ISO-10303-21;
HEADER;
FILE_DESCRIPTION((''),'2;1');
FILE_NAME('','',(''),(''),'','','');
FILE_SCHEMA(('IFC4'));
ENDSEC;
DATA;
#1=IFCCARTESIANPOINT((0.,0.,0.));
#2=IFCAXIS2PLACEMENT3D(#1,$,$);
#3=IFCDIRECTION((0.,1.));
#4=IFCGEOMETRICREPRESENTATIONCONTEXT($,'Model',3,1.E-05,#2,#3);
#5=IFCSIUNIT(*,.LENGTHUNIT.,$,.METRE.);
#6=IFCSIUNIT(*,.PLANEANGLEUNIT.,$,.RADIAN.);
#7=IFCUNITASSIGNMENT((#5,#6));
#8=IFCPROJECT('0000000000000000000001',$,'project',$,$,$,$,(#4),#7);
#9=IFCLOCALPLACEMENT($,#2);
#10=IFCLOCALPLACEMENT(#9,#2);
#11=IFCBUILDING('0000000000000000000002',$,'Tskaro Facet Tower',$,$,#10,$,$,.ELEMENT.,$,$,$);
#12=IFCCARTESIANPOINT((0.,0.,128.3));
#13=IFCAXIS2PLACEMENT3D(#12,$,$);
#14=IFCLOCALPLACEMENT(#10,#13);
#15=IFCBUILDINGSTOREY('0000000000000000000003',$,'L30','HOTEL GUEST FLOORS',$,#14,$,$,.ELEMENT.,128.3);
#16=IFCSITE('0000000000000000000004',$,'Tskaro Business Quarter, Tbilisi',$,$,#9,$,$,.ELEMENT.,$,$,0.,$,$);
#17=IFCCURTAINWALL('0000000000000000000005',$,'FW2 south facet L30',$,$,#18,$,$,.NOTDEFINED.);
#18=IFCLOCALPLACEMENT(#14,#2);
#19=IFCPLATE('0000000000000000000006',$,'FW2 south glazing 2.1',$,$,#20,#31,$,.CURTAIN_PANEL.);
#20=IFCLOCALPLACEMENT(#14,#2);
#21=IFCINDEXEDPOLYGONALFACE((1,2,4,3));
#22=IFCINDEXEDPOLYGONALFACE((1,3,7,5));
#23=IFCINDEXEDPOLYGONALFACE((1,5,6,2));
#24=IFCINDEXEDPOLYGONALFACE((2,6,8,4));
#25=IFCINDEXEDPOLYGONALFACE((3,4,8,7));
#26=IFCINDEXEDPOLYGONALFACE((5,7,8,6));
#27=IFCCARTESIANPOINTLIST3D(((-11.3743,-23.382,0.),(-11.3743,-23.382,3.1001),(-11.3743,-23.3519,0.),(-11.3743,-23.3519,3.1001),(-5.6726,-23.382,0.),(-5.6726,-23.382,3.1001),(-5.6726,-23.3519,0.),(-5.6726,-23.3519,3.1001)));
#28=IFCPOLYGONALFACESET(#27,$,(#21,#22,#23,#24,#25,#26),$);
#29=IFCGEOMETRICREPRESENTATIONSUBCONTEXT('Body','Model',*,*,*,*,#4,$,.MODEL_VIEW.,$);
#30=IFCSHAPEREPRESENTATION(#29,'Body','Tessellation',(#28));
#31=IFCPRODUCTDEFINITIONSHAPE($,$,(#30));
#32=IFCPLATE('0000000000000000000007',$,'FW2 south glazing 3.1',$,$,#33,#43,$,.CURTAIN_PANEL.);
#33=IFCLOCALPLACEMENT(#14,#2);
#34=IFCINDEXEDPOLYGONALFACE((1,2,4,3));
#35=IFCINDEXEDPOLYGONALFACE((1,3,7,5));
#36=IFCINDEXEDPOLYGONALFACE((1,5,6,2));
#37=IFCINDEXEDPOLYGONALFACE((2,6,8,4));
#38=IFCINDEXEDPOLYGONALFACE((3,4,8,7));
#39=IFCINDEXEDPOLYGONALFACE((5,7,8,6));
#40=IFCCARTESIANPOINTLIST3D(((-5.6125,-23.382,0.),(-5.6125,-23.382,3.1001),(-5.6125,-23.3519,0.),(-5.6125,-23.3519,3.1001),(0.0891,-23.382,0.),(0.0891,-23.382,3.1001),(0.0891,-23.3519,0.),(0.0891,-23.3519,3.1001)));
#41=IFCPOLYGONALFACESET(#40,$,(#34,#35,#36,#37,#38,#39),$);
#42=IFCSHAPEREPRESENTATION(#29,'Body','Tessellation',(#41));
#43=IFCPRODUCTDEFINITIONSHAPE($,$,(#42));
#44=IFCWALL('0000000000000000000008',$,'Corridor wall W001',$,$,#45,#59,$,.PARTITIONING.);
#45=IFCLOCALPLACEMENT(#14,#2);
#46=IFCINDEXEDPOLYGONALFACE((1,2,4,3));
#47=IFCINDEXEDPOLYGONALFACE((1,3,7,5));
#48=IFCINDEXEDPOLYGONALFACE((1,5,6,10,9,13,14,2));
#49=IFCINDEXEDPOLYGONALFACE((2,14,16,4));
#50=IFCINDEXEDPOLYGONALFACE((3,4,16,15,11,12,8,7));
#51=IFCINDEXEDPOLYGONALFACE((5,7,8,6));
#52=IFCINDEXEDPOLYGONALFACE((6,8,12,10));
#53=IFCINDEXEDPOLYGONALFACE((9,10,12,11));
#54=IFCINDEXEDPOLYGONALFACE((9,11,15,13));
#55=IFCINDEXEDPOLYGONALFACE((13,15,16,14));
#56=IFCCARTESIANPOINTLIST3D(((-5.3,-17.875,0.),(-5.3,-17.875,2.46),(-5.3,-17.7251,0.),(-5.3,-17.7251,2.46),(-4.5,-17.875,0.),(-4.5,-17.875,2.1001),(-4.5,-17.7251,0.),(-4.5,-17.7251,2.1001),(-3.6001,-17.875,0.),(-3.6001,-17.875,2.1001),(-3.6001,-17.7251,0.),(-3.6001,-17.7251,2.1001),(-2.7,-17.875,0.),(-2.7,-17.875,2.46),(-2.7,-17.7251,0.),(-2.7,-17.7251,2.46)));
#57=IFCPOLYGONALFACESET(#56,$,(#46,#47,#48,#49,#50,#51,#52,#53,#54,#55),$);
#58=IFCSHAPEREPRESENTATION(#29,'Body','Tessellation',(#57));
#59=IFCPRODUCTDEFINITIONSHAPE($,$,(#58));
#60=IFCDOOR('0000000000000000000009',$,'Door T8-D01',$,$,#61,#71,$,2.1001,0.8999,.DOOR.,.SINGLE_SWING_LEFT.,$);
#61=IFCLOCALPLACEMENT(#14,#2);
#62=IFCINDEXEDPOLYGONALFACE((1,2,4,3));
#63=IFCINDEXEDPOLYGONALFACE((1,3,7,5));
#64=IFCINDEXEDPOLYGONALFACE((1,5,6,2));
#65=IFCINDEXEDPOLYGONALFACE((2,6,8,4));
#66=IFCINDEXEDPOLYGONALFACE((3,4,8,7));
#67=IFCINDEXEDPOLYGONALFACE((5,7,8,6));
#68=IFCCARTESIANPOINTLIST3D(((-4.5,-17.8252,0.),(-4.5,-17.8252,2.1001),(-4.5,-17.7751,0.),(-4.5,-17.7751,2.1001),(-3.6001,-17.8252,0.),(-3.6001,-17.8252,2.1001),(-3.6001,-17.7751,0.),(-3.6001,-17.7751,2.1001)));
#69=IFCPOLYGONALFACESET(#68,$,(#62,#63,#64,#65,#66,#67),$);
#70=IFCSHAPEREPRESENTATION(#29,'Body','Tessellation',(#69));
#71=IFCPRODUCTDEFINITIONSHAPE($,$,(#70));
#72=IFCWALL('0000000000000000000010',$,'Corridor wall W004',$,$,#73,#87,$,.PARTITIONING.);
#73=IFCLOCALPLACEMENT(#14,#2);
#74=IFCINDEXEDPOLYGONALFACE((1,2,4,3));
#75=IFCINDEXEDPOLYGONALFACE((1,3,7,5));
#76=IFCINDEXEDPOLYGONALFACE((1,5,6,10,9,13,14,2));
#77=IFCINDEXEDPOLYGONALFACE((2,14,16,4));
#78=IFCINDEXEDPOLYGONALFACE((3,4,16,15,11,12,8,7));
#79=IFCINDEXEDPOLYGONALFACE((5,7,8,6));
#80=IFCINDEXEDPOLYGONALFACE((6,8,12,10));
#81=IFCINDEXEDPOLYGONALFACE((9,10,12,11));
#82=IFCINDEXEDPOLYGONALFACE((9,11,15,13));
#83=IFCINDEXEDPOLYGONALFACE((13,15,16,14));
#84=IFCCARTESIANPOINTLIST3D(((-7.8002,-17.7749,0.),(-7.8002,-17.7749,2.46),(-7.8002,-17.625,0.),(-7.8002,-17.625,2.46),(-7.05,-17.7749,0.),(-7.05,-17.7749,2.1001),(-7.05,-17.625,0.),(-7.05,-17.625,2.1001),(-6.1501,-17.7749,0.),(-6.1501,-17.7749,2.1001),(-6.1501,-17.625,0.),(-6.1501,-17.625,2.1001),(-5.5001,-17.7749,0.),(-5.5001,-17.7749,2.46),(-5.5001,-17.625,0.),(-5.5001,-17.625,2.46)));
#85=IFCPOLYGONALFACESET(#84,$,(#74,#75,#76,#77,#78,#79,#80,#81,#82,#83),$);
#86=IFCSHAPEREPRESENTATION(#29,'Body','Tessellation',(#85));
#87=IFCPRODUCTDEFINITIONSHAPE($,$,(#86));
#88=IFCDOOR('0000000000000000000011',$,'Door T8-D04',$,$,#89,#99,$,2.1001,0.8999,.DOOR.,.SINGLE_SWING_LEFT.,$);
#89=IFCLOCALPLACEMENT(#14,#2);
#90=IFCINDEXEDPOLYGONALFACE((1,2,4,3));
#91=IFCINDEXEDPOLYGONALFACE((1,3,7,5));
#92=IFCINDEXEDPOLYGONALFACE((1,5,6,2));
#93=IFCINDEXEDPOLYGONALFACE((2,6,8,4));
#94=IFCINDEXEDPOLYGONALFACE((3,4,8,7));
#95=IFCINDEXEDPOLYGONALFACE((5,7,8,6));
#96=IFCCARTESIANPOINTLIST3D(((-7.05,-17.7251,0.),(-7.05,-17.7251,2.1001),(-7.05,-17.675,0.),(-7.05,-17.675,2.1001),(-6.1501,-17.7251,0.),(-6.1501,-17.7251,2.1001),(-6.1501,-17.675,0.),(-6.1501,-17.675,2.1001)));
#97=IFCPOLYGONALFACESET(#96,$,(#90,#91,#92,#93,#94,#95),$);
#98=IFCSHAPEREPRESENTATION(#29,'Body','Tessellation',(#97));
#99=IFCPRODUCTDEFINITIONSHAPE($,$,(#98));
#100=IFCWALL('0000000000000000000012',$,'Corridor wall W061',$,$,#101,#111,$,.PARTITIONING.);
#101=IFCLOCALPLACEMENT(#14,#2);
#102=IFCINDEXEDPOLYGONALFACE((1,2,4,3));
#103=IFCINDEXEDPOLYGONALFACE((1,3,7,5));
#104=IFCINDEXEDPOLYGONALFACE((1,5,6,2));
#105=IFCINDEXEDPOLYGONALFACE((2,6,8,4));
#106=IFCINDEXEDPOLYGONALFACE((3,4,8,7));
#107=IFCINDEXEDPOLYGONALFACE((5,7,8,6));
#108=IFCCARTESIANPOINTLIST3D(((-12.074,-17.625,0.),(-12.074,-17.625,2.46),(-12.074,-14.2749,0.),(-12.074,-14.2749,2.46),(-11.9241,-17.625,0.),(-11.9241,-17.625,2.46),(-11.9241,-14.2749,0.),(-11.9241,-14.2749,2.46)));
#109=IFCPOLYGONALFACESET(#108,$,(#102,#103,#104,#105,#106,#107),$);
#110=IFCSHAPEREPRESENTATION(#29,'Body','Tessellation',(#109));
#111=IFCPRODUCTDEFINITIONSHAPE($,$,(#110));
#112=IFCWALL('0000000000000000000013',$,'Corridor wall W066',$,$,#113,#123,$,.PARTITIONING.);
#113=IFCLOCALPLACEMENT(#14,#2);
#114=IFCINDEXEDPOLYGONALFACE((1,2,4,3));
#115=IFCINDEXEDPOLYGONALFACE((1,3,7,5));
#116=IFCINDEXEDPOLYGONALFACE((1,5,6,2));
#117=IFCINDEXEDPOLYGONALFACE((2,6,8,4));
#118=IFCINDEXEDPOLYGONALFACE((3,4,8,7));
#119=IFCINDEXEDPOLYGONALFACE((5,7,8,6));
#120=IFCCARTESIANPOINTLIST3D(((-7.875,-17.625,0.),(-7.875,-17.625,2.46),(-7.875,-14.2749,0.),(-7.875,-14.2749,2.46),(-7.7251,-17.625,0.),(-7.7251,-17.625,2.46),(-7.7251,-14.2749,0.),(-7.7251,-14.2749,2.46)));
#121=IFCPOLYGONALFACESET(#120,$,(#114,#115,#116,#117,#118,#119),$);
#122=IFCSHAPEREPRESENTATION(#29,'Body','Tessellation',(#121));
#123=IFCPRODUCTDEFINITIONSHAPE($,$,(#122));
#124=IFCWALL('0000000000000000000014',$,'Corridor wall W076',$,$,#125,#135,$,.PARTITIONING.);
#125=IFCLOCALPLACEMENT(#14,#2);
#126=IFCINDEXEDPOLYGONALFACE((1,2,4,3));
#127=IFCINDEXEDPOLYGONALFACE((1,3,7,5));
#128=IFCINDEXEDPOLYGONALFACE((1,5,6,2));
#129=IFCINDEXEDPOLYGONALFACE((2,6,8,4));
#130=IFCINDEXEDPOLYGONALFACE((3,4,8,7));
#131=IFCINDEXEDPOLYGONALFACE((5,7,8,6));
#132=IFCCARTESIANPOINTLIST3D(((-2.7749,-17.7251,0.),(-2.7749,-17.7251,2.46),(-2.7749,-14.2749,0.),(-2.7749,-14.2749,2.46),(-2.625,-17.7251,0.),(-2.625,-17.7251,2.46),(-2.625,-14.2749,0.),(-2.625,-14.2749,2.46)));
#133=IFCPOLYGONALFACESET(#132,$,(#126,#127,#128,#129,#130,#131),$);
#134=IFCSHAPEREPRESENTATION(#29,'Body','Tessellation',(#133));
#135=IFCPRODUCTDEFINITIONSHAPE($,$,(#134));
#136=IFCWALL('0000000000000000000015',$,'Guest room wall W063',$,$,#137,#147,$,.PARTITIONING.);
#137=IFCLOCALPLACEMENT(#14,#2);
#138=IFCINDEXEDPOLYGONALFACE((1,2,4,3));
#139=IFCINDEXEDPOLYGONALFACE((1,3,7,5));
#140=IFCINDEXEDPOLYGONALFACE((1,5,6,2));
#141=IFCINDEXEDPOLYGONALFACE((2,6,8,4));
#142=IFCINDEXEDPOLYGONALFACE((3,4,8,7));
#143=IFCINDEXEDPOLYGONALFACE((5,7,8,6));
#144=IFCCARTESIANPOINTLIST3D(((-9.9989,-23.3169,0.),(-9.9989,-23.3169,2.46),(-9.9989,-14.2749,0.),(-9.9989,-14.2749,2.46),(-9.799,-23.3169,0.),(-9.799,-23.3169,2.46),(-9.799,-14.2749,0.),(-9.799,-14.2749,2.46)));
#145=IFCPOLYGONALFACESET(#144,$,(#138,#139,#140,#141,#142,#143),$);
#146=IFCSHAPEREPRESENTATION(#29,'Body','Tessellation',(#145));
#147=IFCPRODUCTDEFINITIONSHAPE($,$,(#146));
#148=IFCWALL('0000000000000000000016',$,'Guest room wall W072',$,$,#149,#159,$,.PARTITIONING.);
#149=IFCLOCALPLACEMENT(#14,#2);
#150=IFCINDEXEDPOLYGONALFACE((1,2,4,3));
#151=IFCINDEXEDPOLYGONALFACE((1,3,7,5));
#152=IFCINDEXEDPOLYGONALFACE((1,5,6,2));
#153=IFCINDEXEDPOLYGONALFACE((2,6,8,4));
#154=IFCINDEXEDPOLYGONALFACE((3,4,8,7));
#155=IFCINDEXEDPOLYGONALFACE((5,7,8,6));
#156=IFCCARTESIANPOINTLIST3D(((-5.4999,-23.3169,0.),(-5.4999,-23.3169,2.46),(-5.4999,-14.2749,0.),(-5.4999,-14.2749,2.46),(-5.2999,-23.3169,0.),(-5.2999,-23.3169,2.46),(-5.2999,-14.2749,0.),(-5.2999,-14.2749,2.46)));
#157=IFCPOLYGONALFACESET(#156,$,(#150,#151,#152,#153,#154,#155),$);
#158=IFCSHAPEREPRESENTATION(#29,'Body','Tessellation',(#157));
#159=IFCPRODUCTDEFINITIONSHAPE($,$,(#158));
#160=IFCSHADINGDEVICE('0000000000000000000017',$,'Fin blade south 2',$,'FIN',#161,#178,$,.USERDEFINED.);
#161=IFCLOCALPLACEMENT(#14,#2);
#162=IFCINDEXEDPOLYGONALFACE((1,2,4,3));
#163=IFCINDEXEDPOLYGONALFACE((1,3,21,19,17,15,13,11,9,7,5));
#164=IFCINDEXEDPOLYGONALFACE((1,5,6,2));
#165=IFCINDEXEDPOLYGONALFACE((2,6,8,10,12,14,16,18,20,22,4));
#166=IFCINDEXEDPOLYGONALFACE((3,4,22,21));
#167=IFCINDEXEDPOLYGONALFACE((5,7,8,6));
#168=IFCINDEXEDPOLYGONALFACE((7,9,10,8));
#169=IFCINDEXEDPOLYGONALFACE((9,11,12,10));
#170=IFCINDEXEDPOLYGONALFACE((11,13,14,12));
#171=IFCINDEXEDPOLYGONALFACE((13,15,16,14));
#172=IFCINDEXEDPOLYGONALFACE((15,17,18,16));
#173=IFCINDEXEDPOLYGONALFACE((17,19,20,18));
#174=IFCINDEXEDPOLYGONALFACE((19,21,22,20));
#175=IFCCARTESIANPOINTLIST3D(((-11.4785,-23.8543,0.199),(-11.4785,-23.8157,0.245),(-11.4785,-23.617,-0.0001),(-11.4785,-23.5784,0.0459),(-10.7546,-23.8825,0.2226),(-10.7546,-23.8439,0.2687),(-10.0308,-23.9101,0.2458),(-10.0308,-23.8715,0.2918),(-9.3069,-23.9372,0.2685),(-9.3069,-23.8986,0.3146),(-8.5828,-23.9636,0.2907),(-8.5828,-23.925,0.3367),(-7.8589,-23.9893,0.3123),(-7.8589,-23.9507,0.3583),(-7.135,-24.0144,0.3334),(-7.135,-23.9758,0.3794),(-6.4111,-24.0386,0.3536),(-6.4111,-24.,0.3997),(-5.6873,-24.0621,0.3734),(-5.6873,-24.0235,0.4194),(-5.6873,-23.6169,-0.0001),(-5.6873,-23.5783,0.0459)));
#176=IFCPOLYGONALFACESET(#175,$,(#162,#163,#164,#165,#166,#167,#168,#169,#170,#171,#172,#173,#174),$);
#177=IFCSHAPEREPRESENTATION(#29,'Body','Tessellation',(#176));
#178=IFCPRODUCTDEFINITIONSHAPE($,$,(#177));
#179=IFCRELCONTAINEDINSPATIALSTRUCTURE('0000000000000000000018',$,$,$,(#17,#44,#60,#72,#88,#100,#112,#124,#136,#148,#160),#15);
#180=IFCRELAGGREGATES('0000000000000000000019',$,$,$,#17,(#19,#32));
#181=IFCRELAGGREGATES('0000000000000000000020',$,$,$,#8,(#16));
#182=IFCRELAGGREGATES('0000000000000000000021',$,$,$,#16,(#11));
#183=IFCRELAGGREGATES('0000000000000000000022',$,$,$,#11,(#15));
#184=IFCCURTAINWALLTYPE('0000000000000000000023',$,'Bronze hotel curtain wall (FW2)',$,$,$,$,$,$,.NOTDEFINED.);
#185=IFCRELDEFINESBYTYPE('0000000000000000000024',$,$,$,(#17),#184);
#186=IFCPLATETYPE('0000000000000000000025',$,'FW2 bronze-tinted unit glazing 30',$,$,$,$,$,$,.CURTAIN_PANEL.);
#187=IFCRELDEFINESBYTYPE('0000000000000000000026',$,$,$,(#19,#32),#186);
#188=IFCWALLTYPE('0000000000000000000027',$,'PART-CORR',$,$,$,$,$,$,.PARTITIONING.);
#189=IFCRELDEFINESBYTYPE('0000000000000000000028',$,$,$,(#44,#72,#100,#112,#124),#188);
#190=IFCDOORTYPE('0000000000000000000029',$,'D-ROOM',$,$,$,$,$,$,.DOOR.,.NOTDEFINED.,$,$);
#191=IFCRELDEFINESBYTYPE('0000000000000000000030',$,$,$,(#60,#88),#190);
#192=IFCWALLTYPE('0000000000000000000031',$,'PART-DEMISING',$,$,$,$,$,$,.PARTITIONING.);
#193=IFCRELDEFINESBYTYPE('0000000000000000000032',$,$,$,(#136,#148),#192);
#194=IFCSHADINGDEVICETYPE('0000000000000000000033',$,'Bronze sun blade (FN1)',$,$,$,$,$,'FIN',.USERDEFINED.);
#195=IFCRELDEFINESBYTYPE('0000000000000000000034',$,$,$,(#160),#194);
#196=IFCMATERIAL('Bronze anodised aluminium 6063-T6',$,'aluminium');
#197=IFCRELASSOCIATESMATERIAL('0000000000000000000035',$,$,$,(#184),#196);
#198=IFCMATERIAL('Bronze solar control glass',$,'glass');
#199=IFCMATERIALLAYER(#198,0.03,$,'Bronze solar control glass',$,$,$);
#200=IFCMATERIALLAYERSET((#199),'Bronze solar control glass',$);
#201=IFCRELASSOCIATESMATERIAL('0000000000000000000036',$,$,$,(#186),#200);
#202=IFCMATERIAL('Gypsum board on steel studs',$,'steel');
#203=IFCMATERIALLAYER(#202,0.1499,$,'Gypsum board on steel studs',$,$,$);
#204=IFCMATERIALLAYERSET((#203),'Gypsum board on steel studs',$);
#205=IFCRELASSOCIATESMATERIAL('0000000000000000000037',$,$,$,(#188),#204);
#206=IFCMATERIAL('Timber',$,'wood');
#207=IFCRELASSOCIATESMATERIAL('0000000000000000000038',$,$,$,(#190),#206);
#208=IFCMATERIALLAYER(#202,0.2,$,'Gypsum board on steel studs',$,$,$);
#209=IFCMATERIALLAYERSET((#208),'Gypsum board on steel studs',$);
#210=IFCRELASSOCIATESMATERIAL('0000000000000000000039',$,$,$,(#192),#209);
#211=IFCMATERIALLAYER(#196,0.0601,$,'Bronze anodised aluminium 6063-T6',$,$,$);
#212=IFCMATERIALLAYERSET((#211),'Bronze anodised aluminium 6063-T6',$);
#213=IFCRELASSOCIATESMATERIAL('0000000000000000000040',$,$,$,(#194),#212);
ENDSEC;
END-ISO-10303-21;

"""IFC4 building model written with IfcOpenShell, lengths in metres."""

from ifc_helpers import new_model, si_unit, direction, frame, frame_2d, origin, origin_2d, place, context, subcontext, project, spatial, polyline, rectangle, outline, extrude, material, layer, layer_set, type_object, element, fill, aggregate, save


model = new_model("IFC4")

# Units and contexts
model_context = context("Model", 3, precision=1e-05, world=origin(), true_north=direction((0.0, 1.0)))
body_context = subcontext(model_context, "Body", "Model", "MODEL_VIEW")
ifc_project = project(units=[si_unit("LENGTHUNIT", "METRE"), si_unit("PLANEANGLEUNIT", "RADIAN")], contexts=[model_context])

# Site, building, storey
site_placement = place(None, origin())
site = spatial("IfcSite", under=ifc_project, at=site_placement, Name="Tskaro Business Quarter, Tbilisi", CompositionType="ELEMENT", RefElevation=0.0)
building_placement = place(site_placement, origin())
building = spatial("IfcBuilding", under=site, at=building_placement, Name="Tskaro Facet Tower", CompositionType="ELEMENT")
storey_placement = place(building_placement, frame((0.0, 0.0, 128.3)))
storey = spatial("IfcBuildingStorey", under=building, at=storey_placement, Name="L30", Description="HOTEL GUEST FLOORS", CompositionType="ELEMENT", Elevation=128.3)

# Curtain wall
ifc_material_1 = material(Name="Bronze anodised aluminium 6063-T6", Category="aluminium")
curtain_wall_type = type_object("IfcCurtainWallType", Name="Bronze hotel curtain wall (FW2)", PredefinedType="NOTDEFINED", material=ifc_material_1)
curtain_wall_placement = place(storey_placement, origin())
curtain_wall = element("IfcCurtainWall", 1, at=curtain_wall_placement, inside=storey, type_object=curtain_wall_type, Name="FW2 south facet L30", PredefinedType="NOTDEFINED")

# Plates
ifc_material_2 = material(Name="Bronze solar control glass", Category="glass")
ifc_layer_1 = layer(ifc_material_2, 0.03, Name="Bronze solar control glass")
ifc_layer_set_1 = layer_set([ifc_layer_1], Name="Bronze solar control glass")
plate_type = type_object("IfcPlateType", Name="FW2 bronze-tinted unit glazing 30", PredefinedType="CURTAIN_PANEL", material=ifc_layer_set_1)
plate_1_placement = place(storey_placement, frame((-8.5234, -23.3669, 0.0), z_axis=(0.0, 0.0, 1.0), x_axis=(1.0, 0.0, 0.0)))
plate_1 = element("IfcPlate", 2, at=plate_1_placement, type_object=plate_type, Name="FW2 south glazing 2.1", PredefinedType="CURTAIN_PANEL", context=body_context, shape_type="SweptSolid", body=[
    extrude(rectangle(XDim=5.7017, YDim=0.03, at=origin_2d()), origin(), (0.0, 0.0, 1.0), 3.1001),
])
plate_2_placement = place(storey_placement, frame((-2.7617, -23.3669, 0.0), z_axis=(0.0, 0.0, 1.0), x_axis=(1.0, 0.0, 0.0)))
plate_2 = element("IfcPlate", 3, at=plate_2_placement, type_object=plate_type, Name="FW2 south glazing 3.1", PredefinedType="CURTAIN_PANEL", context=body_context, shape_type="SweptSolid", body=[
    extrude(rectangle(XDim=5.7017, YDim=0.03, at=origin_2d()), origin(), (0.0, 0.0, 1.0), 3.1001),
])
aggregate(curtain_wall, [plate_1, plate_2])

# Walls, openings, doors
ifc_material_3 = material(Name="Gypsum board on steel studs", Category="steel")
ifc_layer_2 = layer(ifc_material_3, 0.1499, Name="Gypsum board on steel studs")
ifc_layer_set_2 = layer_set([ifc_layer_2], Name="Gypsum board on steel studs")
wall_type_1 = type_object("IfcWallType", Name="PART-CORR", PredefinedType="PARTITIONING", material=ifc_layer_set_2)
wall_1_placement = place(storey_placement, frame((-5.3, -17.8, 0.0), z_axis=(0.0, 0.0, 1.0), x_axis=(1.0, 0.0, 0.0)))
wall_1 = element("IfcWall", 4, at=wall_1_placement, inside=storey, type_object=wall_type_1, Name="Corridor wall W001", PredefinedType="PARTITIONING", context=body_context, shape_type="SweptSolid", body=[
    extrude(rectangle(XDim=2.6001, YDim=0.1499, at=frame_2d((1.3, 0.0))), origin(), (0.0, 0.0, 1.0), 2.46),
])
opening_1_placement = place(wall_1_placement, frame((0.8, 0.0, 0.0)))
opening_1 = element("IfcOpeningElement", 5, at=opening_1_placement, cuts=wall_1, PredefinedType="OPENING", context=body_context, shape_type="SweptSolid", body=[
    extrude(rectangle(XDim=0.8999, YDim=2.1001, at=frame_2d((0.45, 1.05))), frame((0.0, 0.085, 0.0), z_axis=(0.0, -1.0, 0.0), x_axis=(1.0, 0.0, 0.0)), (0.0, 0.0, 1.0), 0.1699),
])
ifc_material_4 = material(Name="Timber", Category="wood")
door_type = type_object("IfcDoorType", Name="D-ROOM", OperationType="NOTDEFINED", PredefinedType="DOOR", material=ifc_material_4)
door_1_placement = place(opening_1_placement, origin())
door_1 = element("IfcDoor", 6, at=door_1_placement, inside=storey, type_object=door_type, Name="Door T8-D01", OperationType="SINGLE_SWING_LEFT", OverallHeight=2.1001, OverallWidth=0.8999, PredefinedType="DOOR", context=body_context, shape_type="SweptSolid", body=[
    extrude(rectangle(XDim=0.8999, YDim=2.1001, at=frame_2d((0.45, 1.05))), frame((0.0, 0.0249, 0.0), z_axis=(0.0, -1.0, 0.0), x_axis=(1.0, 0.0, 0.0)), (0.0, 0.0, 1.0), 0.05),
])
fill(opening_1, door_1)
wall_2_placement = place(storey_placement, frame((-7.8, -17.7, 0.0), z_axis=(0.0, 0.0, 1.0), x_axis=(1.0, 0.0, 0.0)))
wall_2 = element("IfcWall", 7, at=wall_2_placement, inside=storey, type_object=wall_type_1, Name="Corridor wall W004", PredefinedType="PARTITIONING", context=body_context, shape_type="SweptSolid", body=[
    extrude(rectangle(XDim=2.3, YDim=0.1499, at=frame_2d((1.1499, 0.0))), origin(), (0.0, 0.0, 1.0), 2.46),
])
opening_2_placement = place(wall_2_placement, frame((0.75, 0.0, 0.0)))
opening_2 = element("IfcOpeningElement", 8, at=opening_2_placement, cuts=wall_2, PredefinedType="OPENING", context=body_context, shape_type="SweptSolid", body=[
    extrude(rectangle(XDim=0.8999, YDim=2.1001, at=frame_2d((0.45, 1.05))), frame((0.0, 0.085, 0.0), z_axis=(0.0, -1.0, 0.0), x_axis=(1.0, 0.0, 0.0)), (0.0, 0.0, 1.0), 0.1699),
])
door_2_placement = place(opening_2_placement, origin())
door_2 = element("IfcDoor", 9, at=door_2_placement, inside=storey, type_object=door_type, Name="Door T8-D04", OperationType="SINGLE_SWING_LEFT", OverallHeight=2.1001, OverallWidth=0.8999, PredefinedType="DOOR", context=body_context, shape_type="SweptSolid", body=[
    extrude(rectangle(XDim=0.8999, YDim=2.1001, at=frame_2d((0.45, 1.05))), frame((0.0, 0.0249, 0.0), z_axis=(0.0, -1.0, 0.0), x_axis=(1.0, 0.0, 0.0)), (0.0, 0.0, 1.0), 0.05),
])
fill(opening_2, door_2)

# Walls
for number, where, z_axis, x_axis, name in (
    (10, (-11.999, -17.625, 0.0), (0.0, 0.0, 1.0), (0.0, 1.0, 0.0), "Corridor wall W061"),
    (11, (-7.8, -17.625, 0.0), (0.0, 0.0, 1.0), (0.0, 1.0, 0.0), "Corridor wall W066"),
):
    element("IfcWall", number, at=place(storey_placement, frame(where, z_axis=z_axis, x_axis=x_axis)), inside=storey, type_object=wall_type_1, Name=name, PredefinedType="PARTITIONING", context=body_context, shape_type="SweptSolid", body=[
        extrude(rectangle(XDim=3.3501, YDim=0.1499, at=frame_2d((1.675, 0.0))), origin(), (0.0, 0.0, 1.0), 2.46),
    ])
wall_3_placement = place(storey_placement, frame((-2.7, -17.7251, 0.0), z_axis=(0.0, 0.0, 1.0), x_axis=(0.0, 1.0, 0.0)))
element("IfcWall", 12, at=wall_3_placement, inside=storey, type_object=wall_type_1, Name="Corridor wall W076", PredefinedType="PARTITIONING", context=body_context, shape_type="SweptSolid", body=[
    extrude(rectangle(XDim=3.4502, YDim=0.1499, at=frame_2d((1.7251, 0.0))), origin(), (0.0, 0.0, 1.0), 2.46),
])
ifc_layer_3 = layer(ifc_material_3, 0.2, Name="Gypsum board on steel studs")
ifc_layer_set_3 = layer_set([ifc_layer_3], Name="Gypsum board on steel studs")
wall_type_2 = type_object("IfcWallType", Name="PART-DEMISING", PredefinedType="PARTITIONING", material=ifc_layer_set_3)
for number, where, z_axis, x_axis, name in (
    (13, (-9.8989, -23.3169, 0.0), (0.0, 0.0, 1.0), (0.0, 1.0, 0.0), "Guest room wall W063"),
    (14, (-5.3999, -23.3169, 0.0), (0.0, 0.0, 1.0), (0.0, 1.0, 0.0), "Guest room wall W072"),
):
    element("IfcWall", number, at=place(storey_placement, frame(where, z_axis=z_axis, x_axis=x_axis)), inside=storey, type_object=wall_type_2, Name=name, PredefinedType="PARTITIONING", context=body_context, shape_type="SweptSolid", body=[
        extrude(rectangle(XDim=9.042, YDim=0.2, at=frame_2d((4.521, 0.0))), origin(), (0.0, 0.0, 1.0), 2.46),
    ])

# Shading device
ifc_layer_4 = layer(ifc_material_1, 0.0601, Name="Bronze anodised aluminium 6063-T6")
ifc_layer_set_4 = layer_set([ifc_layer_4], Name="Bronze anodised aluminium 6063-T6")
shading_device_type = type_object("IfcShadingDeviceType", Name="Bronze sun blade (FN1)", ElementType="FIN", PredefinedType="USERDEFINED", material=ifc_layer_set_4)
shading_device_1_placement = place(storey_placement, frame((-11.4785, -23.5784, 0.0459), z_axis=(-0.000009, 0.642685, 0.76613), x_axis=(1.0, 0.000006, 0.000007)))
element("IfcShadingDevice", 15, at=shading_device_1_placement, inside=storey, type_object=shading_device_type, Name="Fin blade south 2", ObjectType="FIN", PredefinedType="USERDEFINED", context=body_context, shape_type="SweptSolid", body=[
    extrude(outline(polyline([(0.0, 0.0), (5.7913, 0.0), (5.7913, -0.581), (5.0674, -0.5504), (4.3435, -0.5188), (3.6196, -0.4861), (2.8958, -0.4525), (2.1716, -0.418), (1.4478, -0.3826), (0.7239, -0.3466), (0.0, -0.3098), (0.0, 0.0)])), origin(), (0.0, 0.0, -1.0), 0.0601),
])

save(model, "model.ifc")
